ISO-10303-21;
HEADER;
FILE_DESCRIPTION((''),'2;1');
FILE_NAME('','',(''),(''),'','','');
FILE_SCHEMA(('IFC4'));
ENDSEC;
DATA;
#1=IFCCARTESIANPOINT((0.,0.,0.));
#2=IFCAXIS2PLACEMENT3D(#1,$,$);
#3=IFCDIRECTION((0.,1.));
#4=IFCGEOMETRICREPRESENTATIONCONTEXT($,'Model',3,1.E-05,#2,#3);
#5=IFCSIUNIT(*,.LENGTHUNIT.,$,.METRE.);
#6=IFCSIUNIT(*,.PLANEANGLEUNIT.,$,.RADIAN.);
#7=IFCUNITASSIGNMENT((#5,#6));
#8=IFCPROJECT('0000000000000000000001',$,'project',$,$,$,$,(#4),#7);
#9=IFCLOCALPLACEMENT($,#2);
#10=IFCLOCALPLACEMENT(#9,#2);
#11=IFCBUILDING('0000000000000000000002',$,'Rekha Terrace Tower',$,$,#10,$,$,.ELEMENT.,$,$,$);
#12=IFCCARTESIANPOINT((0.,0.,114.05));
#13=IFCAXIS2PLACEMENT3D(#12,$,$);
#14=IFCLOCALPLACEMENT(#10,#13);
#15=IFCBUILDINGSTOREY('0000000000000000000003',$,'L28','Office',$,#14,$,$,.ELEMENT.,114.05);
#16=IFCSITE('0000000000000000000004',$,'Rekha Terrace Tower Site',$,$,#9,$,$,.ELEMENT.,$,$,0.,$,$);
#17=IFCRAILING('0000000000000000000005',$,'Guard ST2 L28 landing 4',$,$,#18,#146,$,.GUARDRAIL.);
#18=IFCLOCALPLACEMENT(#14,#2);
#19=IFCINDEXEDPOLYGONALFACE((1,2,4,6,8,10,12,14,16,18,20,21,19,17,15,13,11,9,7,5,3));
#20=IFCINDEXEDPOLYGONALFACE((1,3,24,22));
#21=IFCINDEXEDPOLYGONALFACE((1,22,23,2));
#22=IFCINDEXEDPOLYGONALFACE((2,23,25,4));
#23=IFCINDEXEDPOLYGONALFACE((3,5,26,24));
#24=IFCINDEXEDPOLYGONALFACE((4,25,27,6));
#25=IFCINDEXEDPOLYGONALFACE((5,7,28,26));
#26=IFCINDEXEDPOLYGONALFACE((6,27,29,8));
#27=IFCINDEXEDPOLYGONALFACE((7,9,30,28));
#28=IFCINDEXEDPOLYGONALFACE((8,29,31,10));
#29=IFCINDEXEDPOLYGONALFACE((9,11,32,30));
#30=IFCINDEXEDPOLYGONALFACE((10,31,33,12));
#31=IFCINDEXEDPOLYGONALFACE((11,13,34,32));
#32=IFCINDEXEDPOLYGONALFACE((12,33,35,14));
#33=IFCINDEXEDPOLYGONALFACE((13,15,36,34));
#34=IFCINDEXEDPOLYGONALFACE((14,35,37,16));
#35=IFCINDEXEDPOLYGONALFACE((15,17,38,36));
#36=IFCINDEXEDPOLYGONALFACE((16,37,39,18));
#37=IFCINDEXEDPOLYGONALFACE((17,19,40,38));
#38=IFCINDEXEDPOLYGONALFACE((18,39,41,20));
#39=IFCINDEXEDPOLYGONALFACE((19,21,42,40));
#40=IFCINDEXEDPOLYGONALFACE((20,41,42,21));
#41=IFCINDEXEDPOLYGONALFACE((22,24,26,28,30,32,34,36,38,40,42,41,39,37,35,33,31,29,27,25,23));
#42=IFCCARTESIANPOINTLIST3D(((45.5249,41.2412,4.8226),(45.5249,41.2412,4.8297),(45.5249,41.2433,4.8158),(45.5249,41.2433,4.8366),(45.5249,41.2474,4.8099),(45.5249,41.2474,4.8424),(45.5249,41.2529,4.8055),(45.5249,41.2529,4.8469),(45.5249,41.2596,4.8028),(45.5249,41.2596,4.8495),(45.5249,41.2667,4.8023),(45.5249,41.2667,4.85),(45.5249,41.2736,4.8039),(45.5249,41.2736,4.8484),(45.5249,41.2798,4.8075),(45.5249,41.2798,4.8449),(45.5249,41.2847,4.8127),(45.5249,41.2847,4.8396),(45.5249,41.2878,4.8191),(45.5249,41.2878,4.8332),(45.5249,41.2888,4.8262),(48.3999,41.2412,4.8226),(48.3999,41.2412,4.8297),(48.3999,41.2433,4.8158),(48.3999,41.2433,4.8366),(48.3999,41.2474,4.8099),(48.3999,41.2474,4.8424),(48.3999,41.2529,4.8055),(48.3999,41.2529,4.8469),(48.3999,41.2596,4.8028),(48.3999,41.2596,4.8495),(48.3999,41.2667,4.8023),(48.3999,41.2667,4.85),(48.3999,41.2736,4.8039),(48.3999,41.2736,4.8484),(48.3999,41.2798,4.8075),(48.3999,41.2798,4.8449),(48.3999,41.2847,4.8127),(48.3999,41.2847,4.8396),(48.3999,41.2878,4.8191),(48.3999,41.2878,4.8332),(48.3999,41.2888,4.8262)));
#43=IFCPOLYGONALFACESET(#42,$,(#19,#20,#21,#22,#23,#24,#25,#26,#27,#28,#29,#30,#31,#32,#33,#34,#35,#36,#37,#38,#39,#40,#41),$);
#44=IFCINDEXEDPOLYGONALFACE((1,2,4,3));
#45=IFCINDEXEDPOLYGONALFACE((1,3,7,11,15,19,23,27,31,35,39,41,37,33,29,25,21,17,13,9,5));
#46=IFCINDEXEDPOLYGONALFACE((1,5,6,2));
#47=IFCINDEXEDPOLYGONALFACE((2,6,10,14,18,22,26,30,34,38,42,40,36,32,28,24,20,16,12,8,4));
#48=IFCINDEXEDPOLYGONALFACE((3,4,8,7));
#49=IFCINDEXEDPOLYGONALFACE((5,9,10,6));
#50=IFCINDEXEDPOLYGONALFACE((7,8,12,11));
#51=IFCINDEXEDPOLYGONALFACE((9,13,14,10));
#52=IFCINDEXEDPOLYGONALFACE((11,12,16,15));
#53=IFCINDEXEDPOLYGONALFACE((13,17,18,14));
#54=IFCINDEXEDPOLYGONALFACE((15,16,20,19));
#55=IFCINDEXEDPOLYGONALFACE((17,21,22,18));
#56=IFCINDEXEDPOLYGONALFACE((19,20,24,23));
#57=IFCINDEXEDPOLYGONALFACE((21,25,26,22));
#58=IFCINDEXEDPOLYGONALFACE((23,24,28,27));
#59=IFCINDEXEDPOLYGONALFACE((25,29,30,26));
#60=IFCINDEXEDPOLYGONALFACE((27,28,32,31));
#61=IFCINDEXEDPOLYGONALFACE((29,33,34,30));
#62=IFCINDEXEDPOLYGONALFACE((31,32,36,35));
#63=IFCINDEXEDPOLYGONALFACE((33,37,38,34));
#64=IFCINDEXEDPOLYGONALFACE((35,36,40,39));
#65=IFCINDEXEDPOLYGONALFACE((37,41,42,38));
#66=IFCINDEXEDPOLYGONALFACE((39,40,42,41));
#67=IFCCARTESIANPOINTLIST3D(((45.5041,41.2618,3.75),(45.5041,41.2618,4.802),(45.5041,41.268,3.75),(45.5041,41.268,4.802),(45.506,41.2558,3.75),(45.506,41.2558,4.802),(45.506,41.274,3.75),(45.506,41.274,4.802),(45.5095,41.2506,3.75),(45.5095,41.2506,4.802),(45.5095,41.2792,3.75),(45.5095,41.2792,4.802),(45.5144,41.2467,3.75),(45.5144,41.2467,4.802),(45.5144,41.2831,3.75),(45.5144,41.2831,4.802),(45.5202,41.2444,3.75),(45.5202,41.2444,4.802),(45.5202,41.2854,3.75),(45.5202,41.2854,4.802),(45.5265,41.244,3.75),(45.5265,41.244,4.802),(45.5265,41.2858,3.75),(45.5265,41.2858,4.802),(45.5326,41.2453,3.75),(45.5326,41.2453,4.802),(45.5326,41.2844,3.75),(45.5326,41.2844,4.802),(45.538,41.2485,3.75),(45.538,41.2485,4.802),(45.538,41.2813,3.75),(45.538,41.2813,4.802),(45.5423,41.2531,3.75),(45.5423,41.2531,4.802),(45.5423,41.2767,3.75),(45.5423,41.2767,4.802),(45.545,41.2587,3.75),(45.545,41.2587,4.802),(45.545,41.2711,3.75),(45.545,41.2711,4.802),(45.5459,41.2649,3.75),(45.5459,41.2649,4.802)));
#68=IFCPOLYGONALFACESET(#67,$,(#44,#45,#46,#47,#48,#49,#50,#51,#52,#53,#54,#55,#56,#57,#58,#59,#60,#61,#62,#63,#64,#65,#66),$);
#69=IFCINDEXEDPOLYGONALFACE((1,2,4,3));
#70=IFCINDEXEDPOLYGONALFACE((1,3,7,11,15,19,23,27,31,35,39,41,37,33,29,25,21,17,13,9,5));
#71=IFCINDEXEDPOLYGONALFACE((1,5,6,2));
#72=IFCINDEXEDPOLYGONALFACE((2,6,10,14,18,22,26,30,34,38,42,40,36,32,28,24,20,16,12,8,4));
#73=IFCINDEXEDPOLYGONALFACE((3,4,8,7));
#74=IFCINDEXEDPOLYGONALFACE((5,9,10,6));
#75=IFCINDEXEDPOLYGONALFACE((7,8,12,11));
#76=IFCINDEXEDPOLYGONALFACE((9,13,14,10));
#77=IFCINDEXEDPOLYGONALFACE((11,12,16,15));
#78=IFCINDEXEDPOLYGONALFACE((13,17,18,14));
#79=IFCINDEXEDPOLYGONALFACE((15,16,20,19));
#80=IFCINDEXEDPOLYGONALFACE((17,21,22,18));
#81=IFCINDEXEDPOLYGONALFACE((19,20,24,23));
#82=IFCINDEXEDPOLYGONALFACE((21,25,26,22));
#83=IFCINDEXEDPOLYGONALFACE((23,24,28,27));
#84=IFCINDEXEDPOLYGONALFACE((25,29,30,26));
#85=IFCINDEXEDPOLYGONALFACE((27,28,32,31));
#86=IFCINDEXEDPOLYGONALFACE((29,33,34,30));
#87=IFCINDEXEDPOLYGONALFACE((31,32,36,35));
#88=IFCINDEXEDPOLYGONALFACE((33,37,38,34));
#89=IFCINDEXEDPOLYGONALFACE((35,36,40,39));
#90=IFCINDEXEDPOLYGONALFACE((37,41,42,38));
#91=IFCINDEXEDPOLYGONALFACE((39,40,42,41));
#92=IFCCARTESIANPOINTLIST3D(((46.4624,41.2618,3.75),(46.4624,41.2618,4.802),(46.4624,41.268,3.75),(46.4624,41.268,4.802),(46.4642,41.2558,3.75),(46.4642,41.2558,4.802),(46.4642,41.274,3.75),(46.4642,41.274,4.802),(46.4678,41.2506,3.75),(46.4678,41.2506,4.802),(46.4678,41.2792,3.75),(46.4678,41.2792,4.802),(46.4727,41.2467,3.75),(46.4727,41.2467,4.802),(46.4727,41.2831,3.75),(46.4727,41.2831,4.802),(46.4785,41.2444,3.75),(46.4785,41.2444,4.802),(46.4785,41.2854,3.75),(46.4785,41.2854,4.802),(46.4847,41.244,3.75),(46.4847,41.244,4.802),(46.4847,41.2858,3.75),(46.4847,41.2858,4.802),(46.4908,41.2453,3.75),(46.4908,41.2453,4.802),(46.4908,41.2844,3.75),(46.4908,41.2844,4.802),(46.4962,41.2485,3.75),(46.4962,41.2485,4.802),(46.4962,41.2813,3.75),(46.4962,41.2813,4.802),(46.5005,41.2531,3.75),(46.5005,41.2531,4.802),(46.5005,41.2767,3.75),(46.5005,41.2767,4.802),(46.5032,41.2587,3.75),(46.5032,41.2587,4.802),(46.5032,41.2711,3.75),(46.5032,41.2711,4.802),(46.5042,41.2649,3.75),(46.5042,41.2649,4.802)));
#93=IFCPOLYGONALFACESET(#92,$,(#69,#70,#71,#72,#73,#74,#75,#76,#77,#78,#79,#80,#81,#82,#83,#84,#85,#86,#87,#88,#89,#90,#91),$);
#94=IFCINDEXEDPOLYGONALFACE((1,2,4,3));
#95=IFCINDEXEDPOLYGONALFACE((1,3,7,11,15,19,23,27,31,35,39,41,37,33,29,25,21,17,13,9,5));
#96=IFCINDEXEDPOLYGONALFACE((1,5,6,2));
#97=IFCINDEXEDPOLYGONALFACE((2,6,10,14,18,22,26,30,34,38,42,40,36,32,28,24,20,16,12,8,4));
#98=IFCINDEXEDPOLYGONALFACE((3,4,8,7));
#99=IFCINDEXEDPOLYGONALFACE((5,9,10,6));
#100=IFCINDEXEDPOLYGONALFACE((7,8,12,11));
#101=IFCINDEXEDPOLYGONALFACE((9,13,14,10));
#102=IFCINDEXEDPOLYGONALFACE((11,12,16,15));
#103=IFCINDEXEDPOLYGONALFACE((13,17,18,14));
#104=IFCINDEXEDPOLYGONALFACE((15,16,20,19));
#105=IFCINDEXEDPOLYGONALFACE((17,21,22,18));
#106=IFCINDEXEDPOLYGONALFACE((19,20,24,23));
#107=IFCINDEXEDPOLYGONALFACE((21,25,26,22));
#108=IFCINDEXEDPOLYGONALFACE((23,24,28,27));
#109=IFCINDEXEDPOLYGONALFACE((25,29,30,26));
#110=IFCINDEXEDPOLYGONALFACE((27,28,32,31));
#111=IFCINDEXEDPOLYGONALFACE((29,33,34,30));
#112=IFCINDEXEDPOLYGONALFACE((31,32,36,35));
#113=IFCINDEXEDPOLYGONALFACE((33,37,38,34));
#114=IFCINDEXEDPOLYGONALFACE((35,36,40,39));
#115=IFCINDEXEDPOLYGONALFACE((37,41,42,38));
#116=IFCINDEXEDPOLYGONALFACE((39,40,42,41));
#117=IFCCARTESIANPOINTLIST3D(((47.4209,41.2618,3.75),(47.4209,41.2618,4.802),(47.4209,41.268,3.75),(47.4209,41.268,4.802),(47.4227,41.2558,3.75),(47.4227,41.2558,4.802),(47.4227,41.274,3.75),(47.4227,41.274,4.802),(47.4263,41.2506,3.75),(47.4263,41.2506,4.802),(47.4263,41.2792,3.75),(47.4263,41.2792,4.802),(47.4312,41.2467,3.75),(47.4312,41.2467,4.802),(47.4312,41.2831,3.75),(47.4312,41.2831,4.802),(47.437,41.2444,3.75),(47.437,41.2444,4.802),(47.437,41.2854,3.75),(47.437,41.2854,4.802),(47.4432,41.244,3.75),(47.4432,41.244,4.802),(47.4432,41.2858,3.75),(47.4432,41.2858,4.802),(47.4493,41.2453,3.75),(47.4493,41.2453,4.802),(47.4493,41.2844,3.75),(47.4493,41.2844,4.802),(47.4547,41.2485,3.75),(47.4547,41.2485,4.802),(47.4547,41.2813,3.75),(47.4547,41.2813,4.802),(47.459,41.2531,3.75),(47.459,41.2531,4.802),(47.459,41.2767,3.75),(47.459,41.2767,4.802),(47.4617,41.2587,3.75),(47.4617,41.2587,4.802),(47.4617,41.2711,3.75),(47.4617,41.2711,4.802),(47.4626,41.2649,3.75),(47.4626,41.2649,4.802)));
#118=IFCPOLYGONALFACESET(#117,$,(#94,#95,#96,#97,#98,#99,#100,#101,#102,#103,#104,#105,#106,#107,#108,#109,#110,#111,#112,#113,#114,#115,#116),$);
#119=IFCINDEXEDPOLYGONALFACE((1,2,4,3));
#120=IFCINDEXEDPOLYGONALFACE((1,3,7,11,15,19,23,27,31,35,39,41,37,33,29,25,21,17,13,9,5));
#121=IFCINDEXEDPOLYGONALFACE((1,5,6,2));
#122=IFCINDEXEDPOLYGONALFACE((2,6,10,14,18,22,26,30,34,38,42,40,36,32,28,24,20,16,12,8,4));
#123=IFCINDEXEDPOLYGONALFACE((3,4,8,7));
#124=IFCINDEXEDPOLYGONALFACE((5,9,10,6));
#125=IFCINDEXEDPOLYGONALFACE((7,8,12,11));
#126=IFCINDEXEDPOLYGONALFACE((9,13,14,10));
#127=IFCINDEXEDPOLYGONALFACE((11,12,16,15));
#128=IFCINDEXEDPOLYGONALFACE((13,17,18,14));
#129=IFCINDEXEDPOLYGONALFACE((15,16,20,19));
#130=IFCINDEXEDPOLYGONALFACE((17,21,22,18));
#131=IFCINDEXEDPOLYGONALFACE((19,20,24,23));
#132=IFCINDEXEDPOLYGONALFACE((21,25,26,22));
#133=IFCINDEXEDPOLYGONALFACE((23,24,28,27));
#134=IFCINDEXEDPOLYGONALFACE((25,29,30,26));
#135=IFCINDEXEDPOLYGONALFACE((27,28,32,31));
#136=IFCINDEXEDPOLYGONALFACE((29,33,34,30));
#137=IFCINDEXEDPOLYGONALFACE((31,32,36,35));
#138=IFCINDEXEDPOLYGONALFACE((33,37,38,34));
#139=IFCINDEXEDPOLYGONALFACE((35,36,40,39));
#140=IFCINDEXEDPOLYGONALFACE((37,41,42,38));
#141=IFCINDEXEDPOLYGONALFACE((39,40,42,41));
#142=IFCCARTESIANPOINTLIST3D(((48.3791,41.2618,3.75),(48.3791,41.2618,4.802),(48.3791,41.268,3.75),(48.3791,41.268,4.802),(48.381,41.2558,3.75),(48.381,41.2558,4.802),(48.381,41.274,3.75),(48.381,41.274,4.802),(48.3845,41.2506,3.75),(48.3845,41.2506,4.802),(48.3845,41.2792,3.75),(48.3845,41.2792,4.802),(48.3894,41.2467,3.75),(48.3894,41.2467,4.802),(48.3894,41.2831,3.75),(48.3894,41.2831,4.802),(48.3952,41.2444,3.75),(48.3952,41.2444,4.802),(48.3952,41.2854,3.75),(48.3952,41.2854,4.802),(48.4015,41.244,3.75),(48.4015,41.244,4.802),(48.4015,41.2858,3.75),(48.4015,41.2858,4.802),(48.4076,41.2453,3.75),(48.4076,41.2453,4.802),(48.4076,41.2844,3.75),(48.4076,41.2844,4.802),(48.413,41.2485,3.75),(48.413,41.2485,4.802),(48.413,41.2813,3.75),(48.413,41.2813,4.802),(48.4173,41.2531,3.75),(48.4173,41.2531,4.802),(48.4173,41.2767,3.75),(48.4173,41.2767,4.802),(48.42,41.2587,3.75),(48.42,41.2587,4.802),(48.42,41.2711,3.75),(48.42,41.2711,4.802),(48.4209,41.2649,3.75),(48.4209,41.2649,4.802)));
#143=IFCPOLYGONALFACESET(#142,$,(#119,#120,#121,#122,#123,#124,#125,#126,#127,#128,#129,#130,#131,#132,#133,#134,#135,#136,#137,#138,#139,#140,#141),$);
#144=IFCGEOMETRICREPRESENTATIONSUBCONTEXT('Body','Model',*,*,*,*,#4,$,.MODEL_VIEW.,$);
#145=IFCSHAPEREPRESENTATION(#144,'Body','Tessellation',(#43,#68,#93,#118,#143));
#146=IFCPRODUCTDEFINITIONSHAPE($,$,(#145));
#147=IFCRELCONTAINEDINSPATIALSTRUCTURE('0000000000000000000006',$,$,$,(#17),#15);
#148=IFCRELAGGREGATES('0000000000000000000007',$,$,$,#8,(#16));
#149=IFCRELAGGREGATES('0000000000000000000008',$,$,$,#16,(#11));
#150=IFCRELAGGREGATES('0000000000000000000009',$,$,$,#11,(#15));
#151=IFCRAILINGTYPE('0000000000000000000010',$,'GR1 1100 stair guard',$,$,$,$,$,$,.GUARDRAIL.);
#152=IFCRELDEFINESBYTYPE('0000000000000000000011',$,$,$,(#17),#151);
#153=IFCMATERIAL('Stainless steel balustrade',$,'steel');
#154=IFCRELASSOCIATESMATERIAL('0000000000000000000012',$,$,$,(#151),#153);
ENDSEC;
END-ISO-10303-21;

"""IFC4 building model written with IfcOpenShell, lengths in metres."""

from ifc_helpers import new_model, si_unit, direction, frame, origin, origin_2d, place, context, subcontext, project, spatial, circle, extrude, material, type_object, element, save


model = new_model("IFC4")

# Units and contexts
model_context = context("Model", 3, precision=1e-05, world=origin(), true_north=direction((0.0, 1.0)))
body_context = subcontext(model_context, "Body", "Model", "MODEL_VIEW")
ifc_project = project(units=[si_unit("LENGTHUNIT", "METRE"), si_unit("PLANEANGLEUNIT", "RADIAN")], contexts=[model_context])

# Site, building, storey
site_placement = place(None, origin())
site = spatial("IfcSite", under=ifc_project, at=site_placement, Name="Rekha Terrace Tower Site", CompositionType="ELEMENT", RefElevation=0.0)
building_placement = place(site_placement, origin())
building = spatial("IfcBuilding", under=site, at=building_placement, Name="Rekha Terrace Tower", CompositionType="ELEMENT")
storey_placement = place(building_placement, frame((0.0, 0.0, 114.05)))
storey = spatial("IfcBuildingStorey", under=building, at=storey_placement, Name="L28", Description="Office", CompositionType="ELEMENT", Elevation=114.05)

# Railing
ifc_material_1 = material(Name="Stainless steel balustrade", Category="steel")
railing_type_1 = type_object("IfcRailingType", Name="GR1 1100 stair guard", PredefinedType="GUARDRAIL", material=ifc_material_1)
railing_1_placement = place(storey_placement, frame((45.5249, 41.2649, 3.75)))
element("IfcRailing", 1, at=railing_1_placement, inside=storey, type_object=railing_type_1, Name="Guard ST2 L28 landing 4", PredefinedType="GUARDRAIL", context=body_context, shape_type="SweptSolid", body=[
    extrude(circle(Radius=0.0239, at=origin_2d()), frame((0.0, 0.0, 1.0762), z_axis=(1.0, 0.0, 0.0), x_axis=(0.0, 1.0, 0.0)), (0.0, 0.0, 1.0), 2.875),
    extrude(circle(Radius=0.021, at=origin_2d()), origin(), (0.0, 0.0, 1.0), 1.052),
    extrude(circle(Radius=0.021, at=origin_2d()), frame((0.9583, 0.0, 0.0)), (0.0, 0.0, 1.0), 1.052),
    extrude(circle(Radius=0.021, at=origin_2d()), frame((1.9167, 0.0, 0.0)), (0.0, 0.0, 1.0), 1.052),
    extrude(circle(Radius=0.021, at=origin_2d()), frame((2.875, 0.0, 0.0)), (0.0, 0.0, 1.0), 1.052),
])

save(model, "model.ifc")
